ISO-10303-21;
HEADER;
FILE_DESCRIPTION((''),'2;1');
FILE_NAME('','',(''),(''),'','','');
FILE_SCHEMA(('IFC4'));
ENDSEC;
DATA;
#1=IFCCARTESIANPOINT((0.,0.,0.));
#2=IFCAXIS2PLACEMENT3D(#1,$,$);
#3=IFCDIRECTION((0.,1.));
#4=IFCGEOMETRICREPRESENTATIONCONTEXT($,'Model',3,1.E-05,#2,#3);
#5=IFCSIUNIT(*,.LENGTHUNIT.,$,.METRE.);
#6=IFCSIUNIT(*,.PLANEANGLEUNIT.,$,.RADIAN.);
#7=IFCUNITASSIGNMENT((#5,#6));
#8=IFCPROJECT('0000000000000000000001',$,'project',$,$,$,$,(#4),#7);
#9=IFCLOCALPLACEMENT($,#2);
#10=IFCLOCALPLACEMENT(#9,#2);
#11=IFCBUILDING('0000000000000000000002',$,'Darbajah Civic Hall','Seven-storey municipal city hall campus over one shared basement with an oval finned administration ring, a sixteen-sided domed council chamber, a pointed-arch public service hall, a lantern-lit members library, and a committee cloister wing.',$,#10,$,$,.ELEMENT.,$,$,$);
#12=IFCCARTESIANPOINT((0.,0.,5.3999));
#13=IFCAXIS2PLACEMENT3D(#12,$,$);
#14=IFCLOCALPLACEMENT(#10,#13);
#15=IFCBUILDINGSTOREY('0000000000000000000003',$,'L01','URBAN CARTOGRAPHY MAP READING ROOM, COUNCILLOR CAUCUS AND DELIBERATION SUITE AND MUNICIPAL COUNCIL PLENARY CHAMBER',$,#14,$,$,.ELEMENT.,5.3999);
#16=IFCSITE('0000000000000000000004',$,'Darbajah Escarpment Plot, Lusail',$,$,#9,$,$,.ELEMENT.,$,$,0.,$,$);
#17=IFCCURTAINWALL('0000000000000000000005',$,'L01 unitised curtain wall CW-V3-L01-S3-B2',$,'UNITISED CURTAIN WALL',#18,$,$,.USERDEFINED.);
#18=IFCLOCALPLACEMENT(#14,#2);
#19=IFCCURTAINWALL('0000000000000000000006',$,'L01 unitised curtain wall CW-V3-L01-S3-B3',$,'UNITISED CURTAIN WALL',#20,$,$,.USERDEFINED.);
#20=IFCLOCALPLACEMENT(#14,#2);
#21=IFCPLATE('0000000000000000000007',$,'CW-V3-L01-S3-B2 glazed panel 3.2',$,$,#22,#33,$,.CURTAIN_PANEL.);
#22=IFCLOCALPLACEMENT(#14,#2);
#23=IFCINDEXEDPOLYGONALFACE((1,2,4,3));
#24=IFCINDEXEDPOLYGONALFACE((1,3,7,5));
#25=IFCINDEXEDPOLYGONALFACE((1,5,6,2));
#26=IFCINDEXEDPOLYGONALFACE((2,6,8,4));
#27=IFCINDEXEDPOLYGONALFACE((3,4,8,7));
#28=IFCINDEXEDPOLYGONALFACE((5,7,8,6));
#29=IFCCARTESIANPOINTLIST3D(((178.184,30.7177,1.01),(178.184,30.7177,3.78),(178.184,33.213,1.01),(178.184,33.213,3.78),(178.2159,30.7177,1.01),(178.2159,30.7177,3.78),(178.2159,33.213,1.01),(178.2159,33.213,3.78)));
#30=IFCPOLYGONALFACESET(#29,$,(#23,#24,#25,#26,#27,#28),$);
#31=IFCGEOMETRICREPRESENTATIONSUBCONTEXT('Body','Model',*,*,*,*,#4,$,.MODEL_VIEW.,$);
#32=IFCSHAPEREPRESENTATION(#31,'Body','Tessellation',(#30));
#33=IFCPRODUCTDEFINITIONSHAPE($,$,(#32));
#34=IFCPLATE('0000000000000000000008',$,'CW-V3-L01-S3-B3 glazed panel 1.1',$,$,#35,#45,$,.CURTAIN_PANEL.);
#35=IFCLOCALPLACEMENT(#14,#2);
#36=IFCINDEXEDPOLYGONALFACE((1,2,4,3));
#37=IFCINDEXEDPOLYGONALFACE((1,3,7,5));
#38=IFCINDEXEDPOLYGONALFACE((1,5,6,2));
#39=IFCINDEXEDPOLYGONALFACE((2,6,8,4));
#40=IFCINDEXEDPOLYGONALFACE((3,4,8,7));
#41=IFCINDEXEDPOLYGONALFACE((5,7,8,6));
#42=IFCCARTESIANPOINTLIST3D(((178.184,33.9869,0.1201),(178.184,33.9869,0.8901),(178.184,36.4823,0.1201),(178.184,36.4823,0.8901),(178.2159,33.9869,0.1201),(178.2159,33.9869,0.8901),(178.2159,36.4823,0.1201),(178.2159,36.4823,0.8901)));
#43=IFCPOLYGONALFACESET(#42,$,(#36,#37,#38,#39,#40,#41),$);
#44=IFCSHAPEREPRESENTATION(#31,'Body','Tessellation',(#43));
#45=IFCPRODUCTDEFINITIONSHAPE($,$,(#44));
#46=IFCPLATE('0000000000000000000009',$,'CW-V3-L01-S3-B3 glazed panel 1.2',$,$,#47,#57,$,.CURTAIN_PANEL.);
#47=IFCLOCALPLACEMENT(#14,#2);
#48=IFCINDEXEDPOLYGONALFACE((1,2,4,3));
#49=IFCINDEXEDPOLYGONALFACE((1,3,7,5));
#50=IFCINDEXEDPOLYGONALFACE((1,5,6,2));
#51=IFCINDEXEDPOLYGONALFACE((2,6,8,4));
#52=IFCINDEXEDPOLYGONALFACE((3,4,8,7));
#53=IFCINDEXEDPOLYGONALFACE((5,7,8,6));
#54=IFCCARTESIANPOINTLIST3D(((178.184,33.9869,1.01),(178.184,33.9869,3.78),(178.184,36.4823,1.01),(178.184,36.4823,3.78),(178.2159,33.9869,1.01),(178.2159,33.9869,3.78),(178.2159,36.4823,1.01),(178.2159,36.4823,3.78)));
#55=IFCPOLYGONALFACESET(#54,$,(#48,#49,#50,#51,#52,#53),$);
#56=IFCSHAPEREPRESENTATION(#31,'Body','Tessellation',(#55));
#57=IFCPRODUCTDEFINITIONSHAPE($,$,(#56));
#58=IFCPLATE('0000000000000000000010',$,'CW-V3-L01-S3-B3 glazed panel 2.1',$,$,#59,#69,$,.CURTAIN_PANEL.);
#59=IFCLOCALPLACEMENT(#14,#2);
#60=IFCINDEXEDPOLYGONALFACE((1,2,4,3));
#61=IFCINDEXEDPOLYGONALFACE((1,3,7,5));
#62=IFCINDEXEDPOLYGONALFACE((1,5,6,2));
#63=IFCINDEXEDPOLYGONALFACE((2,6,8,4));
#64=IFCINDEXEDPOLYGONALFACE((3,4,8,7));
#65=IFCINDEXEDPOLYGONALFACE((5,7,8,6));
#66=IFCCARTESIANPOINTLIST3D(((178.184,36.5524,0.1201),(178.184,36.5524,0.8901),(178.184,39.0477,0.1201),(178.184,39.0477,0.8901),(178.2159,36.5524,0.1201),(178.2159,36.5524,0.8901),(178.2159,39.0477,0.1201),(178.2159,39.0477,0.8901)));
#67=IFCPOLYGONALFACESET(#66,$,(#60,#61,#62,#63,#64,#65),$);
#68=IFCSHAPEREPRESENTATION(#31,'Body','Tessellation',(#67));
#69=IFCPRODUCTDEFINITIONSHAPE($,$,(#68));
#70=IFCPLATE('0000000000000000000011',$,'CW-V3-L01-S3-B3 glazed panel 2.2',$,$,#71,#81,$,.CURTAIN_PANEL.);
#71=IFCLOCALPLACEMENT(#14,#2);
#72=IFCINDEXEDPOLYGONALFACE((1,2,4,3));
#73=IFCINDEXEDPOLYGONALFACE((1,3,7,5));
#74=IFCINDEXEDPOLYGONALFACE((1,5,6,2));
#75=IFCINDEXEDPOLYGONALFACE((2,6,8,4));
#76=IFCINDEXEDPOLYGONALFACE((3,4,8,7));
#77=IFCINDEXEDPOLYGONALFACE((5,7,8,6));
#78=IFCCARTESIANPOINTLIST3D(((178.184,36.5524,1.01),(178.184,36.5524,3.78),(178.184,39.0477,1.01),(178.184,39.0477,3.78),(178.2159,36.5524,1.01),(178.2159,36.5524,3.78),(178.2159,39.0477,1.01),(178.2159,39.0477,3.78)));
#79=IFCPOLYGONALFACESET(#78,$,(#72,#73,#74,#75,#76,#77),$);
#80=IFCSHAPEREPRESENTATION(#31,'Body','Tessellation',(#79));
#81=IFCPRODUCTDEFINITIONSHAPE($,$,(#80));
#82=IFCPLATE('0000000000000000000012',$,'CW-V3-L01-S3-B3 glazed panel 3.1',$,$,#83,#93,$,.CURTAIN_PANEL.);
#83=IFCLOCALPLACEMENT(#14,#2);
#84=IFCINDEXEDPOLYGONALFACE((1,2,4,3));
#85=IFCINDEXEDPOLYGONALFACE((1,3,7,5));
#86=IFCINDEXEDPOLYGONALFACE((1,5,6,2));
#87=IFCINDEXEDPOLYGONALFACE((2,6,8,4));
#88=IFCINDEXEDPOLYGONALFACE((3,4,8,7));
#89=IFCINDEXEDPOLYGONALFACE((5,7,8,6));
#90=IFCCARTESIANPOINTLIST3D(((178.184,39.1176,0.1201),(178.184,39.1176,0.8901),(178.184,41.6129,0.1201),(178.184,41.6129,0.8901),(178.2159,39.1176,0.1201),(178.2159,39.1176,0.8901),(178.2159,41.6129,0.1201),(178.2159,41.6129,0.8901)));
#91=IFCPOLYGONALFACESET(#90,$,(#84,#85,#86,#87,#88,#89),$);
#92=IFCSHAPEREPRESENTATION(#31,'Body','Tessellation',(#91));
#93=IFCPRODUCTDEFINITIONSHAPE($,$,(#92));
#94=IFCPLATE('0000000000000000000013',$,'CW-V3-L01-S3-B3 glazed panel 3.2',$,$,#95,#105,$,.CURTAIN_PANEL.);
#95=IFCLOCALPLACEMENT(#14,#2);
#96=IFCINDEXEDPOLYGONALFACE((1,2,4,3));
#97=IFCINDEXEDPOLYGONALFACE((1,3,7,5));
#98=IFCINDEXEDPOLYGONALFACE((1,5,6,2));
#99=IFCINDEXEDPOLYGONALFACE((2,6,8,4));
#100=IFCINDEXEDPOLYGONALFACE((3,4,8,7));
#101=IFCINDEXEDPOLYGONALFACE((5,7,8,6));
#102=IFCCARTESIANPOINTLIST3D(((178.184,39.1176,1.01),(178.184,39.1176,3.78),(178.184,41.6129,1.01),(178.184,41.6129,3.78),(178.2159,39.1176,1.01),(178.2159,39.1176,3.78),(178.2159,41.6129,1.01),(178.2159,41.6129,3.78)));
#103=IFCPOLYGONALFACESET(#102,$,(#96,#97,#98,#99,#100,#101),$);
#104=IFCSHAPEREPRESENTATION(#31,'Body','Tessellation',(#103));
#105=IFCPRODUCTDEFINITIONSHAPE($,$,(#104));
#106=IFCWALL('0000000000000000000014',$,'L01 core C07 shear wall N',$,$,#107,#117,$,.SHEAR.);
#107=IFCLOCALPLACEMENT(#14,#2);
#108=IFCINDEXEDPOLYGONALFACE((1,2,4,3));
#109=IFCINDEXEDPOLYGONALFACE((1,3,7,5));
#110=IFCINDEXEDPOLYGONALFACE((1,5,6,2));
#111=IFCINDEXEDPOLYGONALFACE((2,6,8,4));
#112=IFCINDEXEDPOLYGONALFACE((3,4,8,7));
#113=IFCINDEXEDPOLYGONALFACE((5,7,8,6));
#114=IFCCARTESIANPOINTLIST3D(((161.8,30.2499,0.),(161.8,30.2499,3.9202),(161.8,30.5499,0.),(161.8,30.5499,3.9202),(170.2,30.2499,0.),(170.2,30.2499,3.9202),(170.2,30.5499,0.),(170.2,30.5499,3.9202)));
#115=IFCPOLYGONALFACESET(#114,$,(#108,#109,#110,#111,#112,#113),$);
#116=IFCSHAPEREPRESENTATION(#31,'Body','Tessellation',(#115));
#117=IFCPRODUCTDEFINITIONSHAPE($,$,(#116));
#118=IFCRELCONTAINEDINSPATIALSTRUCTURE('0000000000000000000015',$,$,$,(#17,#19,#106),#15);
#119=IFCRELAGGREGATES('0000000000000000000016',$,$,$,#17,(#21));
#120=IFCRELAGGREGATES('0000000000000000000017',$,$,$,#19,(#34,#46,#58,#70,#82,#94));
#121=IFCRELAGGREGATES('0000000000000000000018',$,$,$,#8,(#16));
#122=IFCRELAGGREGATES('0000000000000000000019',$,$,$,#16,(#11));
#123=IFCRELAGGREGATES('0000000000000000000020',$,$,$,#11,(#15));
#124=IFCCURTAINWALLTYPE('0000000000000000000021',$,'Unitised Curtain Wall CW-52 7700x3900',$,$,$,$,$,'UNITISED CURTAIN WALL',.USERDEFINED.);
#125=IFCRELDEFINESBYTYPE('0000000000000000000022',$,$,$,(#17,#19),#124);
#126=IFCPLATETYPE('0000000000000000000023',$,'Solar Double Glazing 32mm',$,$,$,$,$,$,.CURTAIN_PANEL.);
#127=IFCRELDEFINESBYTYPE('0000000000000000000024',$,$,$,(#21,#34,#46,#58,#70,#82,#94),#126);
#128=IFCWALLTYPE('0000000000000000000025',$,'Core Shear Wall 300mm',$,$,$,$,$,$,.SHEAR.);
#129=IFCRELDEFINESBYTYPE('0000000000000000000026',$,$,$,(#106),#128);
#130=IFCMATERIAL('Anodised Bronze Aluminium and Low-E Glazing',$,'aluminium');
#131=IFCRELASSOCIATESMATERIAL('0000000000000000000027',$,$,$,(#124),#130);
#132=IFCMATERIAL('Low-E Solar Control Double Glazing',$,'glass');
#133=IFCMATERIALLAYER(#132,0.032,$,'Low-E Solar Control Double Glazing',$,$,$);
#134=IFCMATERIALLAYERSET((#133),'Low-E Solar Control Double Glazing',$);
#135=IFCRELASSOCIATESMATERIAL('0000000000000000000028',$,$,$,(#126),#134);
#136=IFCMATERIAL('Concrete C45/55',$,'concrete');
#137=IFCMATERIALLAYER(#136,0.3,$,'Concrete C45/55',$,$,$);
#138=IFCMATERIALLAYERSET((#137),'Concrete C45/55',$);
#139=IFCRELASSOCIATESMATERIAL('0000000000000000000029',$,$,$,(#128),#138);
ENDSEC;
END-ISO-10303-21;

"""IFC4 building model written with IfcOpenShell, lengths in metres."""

from ifc_helpers import new_model, si_unit, direction, frame, frame_2d, origin, origin_2d, place, context, subcontext, project, spatial, rectangle, extrude, material, layer, layer_set, type_object, element, aggregate, save


model = new_model("IFC4")

# Units and contexts
model_context = context("Model", 3, precision=1e-05, world=origin(), true_north=direction((0.0, 1.0)))
body_context = subcontext(model_context, "Body", "Model", "MODEL_VIEW")
ifc_project = project(units=[si_unit("LENGTHUNIT", "METRE"), si_unit("PLANEANGLEUNIT", "RADIAN")], contexts=[model_context])

# Site, building, storey
site_placement = place(None, origin())
site = spatial("IfcSite", under=ifc_project, at=site_placement, Name="Darbajah Escarpment Plot, Lusail", CompositionType="ELEMENT", RefElevation=0.0)
building_placement = place(site_placement, origin())
building = spatial("IfcBuilding", under=site, at=building_placement, Name="Darbajah Civic Hall", Description="Seven-storey municipal city hall campus over one shared basement with an oval finned administration ring, a sixteen-sided domed council chamber, a pointed-arch public service hall, a lantern-lit members library, and a committee cloister wing.", CompositionType="ELEMENT")
storey_placement = place(building_placement, frame((0.0, 0.0, 5.3999)))
storey = spatial("IfcBuildingStorey", under=building, at=storey_placement, Name="L01", Description="URBAN CARTOGRAPHY MAP READING ROOM, COUNCILLOR CAUCUS AND DELIBERATION SUITE AND MUNICIPAL COUNCIL PLENARY CHAMBER", CompositionType="ELEMENT", Elevation=5.3999)

# Shared definitions
ifc_material_1 = material(Name="Concrete C45/55", Category="concrete")

# Curtain walls
ifc_material_2 = material(Name="Anodised Bronze Aluminium and Low-E Glazing", Category="aluminium")
curtain_wall_type = type_object("IfcCurtainWallType", Name="Unitised Curtain Wall CW-52 7700x3900", ElementType="UNITISED CURTAIN WALL", PredefinedType="USERDEFINED", material=ifc_material_2)
curtain_wall_1_placement = place(storey_placement, origin())
curtain_wall_1 = element("IfcCurtainWall", 1, at=curtain_wall_1_placement, inside=storey, type_object=curtain_wall_type, Name="L01 unitised curtain wall CW-V3-L01-S3-B2", ObjectType="UNITISED CURTAIN WALL", PredefinedType="USERDEFINED")
curtain_wall_2_placement = place(storey_placement, origin())
curtain_wall_2 = element("IfcCurtainWall", 2, at=curtain_wall_2_placement, inside=storey, type_object=curtain_wall_type, Name="L01 unitised curtain wall CW-V3-L01-S3-B3", ObjectType="UNITISED CURTAIN WALL", PredefinedType="USERDEFINED")

# Plates
ifc_material_3 = material(Name="Low-E Solar Control Double Glazing", Category="glass")
ifc_layer_1 = layer(ifc_material_3, 0.032, Name="Low-E Solar Control Double Glazing")
ifc_layer_set_1 = layer_set([ifc_layer_1], Name="Low-E Solar Control Double Glazing")
plate_type = type_object("IfcPlateType", Name="Solar Double Glazing 32mm", PredefinedType="CURTAIN_PANEL", material=ifc_layer_set_1)
plate_1_placement = place(storey_placement, frame((178.2, 31.9653, 1.01), z_axis=(0.0, 0.0, 1.0), x_axis=(0.0, 1.0, 0.0)))
plate_1 = element("IfcPlate", 3, at=plate_1_placement, type_object=plate_type, Name="CW-V3-L01-S3-B2 glazed panel 3.2", PredefinedType="CURTAIN_PANEL", context=body_context, shape_type="SweptSolid", body=[
    extrude(rectangle(XDim=2.4954, YDim=0.032, at=origin_2d()), origin(), (0.0, 0.0, 1.0), 2.77),
])
aggregate(curtain_wall_1, [plate_1])
plate_2_placement = place(storey_placement, frame((178.2, 35.2346, 0.1201), z_axis=(0.0, 0.0, 1.0), x_axis=(0.0, 1.0, 0.0)))
plate_2 = element("IfcPlate", 4, at=plate_2_placement, type_object=plate_type, Name="CW-V3-L01-S3-B3 glazed panel 1.1", PredefinedType="CURTAIN_PANEL", context=body_context, shape_type="SweptSolid", body=[
    extrude(rectangle(XDim=2.4954, YDim=0.032, at=origin_2d()), origin(), (0.0, 0.0, 1.0), 0.77),
])
plate_3_placement = place(storey_placement, frame((178.2, 35.2346, 1.01), z_axis=(0.0, 0.0, 1.0), x_axis=(0.0, 1.0, 0.0)))
plate_3 = element("IfcPlate", 5, at=plate_3_placement, type_object=plate_type, Name="CW-V3-L01-S3-B3 glazed panel 1.2", PredefinedType="CURTAIN_PANEL", context=body_context, shape_type="SweptSolid", body=[
    extrude(rectangle(XDim=2.4954, YDim=0.032, at=origin_2d()), origin(), (0.0, 0.0, 1.0), 2.77),
])
plate_4_placement = place(storey_placement, frame((178.2, 37.8, 0.1201), z_axis=(0.0, 0.0, 1.0), x_axis=(0.0, 1.0, 0.0)))
plate_4 = element("IfcPlate", 6, at=plate_4_placement, type_object=plate_type, Name="CW-V3-L01-S3-B3 glazed panel 2.1", PredefinedType="CURTAIN_PANEL", context=body_context, shape_type="SweptSolid", body=[
    extrude(rectangle(XDim=2.4954, YDim=0.032, at=origin_2d()), origin(), (0.0, 0.0, 1.0), 0.77),
])
plate_5_placement = place(storey_placement, frame((178.2, 37.8, 1.01), z_axis=(0.0, 0.0, 1.0), x_axis=(0.0, 1.0, 0.0)))
plate_5 = element("IfcPlate", 7, at=plate_5_placement, type_object=plate_type, Name="CW-V3-L01-S3-B3 glazed panel 2.2", PredefinedType="CURTAIN_PANEL", context=body_context, shape_type="SweptSolid", body=[
    extrude(rectangle(XDim=2.4954, YDim=0.032, at=origin_2d()), origin(), (0.0, 0.0, 1.0), 2.77),
])
plate_6_placement = place(storey_placement, frame((178.2, 40.3652, 0.1201), z_axis=(0.0, 0.0, 1.0), x_axis=(0.0, 1.0, 0.0)))
plate_6 = element("IfcPlate", 8, at=plate_6_placement, type_object=plate_type, Name="CW-V3-L01-S3-B3 glazed panel 3.1", PredefinedType="CURTAIN_PANEL", context=body_context, shape_type="SweptSolid", body=[
    extrude(rectangle(XDim=2.4954, YDim=0.032, at=origin_2d()), origin(), (0.0, 0.0, 1.0), 0.77),
])
plate_7_placement = place(storey_placement, frame((178.2, 40.3652, 1.01), z_axis=(0.0, 0.0, 1.0), x_axis=(0.0, 1.0, 0.0)))
plate_7 = element("IfcPlate", 9, at=plate_7_placement, type_object=plate_type, Name="CW-V3-L01-S3-B3 glazed panel 3.2", PredefinedType="CURTAIN_PANEL", context=body_context, shape_type="SweptSolid", body=[
    extrude(rectangle(XDim=2.4954, YDim=0.032, at=origin_2d()), origin(), (0.0, 0.0, 1.0), 2.77),
])
aggregate(curtain_wall_2, [plate_2, plate_3, plate_4, plate_5, plate_6, plate_7])

# Wall
ifc_layer_2 = layer(ifc_material_1, 0.3, Name="Concrete C45/55")
ifc_layer_set_2 = layer_set([ifc_layer_2], Name="Concrete C45/55")
wall_type = type_object("IfcWallType", Name="Core Shear Wall 300mm", PredefinedType="SHEAR", material=ifc_layer_set_2)
wall_placement = place(storey_placement, frame((170.2, 30.3999, 0.0), z_axis=(0.0, 0.0, 1.0), x_axis=(-1.0, 0.0, 0.0)))
element("IfcWall", 10, at=wall_placement, inside=storey, type_object=wall_type, Name="L01 core C07 shear wall N", PredefinedType="SHEAR", context=body_context, shape_type="SweptSolid", body=[
    extrude(rectangle(XDim=8.3999, YDim=0.3, at=frame_2d((4.2, 0.0))), origin(), (0.0, 0.0, 1.0), 3.9202),
])

save(model, "model.ifc")
